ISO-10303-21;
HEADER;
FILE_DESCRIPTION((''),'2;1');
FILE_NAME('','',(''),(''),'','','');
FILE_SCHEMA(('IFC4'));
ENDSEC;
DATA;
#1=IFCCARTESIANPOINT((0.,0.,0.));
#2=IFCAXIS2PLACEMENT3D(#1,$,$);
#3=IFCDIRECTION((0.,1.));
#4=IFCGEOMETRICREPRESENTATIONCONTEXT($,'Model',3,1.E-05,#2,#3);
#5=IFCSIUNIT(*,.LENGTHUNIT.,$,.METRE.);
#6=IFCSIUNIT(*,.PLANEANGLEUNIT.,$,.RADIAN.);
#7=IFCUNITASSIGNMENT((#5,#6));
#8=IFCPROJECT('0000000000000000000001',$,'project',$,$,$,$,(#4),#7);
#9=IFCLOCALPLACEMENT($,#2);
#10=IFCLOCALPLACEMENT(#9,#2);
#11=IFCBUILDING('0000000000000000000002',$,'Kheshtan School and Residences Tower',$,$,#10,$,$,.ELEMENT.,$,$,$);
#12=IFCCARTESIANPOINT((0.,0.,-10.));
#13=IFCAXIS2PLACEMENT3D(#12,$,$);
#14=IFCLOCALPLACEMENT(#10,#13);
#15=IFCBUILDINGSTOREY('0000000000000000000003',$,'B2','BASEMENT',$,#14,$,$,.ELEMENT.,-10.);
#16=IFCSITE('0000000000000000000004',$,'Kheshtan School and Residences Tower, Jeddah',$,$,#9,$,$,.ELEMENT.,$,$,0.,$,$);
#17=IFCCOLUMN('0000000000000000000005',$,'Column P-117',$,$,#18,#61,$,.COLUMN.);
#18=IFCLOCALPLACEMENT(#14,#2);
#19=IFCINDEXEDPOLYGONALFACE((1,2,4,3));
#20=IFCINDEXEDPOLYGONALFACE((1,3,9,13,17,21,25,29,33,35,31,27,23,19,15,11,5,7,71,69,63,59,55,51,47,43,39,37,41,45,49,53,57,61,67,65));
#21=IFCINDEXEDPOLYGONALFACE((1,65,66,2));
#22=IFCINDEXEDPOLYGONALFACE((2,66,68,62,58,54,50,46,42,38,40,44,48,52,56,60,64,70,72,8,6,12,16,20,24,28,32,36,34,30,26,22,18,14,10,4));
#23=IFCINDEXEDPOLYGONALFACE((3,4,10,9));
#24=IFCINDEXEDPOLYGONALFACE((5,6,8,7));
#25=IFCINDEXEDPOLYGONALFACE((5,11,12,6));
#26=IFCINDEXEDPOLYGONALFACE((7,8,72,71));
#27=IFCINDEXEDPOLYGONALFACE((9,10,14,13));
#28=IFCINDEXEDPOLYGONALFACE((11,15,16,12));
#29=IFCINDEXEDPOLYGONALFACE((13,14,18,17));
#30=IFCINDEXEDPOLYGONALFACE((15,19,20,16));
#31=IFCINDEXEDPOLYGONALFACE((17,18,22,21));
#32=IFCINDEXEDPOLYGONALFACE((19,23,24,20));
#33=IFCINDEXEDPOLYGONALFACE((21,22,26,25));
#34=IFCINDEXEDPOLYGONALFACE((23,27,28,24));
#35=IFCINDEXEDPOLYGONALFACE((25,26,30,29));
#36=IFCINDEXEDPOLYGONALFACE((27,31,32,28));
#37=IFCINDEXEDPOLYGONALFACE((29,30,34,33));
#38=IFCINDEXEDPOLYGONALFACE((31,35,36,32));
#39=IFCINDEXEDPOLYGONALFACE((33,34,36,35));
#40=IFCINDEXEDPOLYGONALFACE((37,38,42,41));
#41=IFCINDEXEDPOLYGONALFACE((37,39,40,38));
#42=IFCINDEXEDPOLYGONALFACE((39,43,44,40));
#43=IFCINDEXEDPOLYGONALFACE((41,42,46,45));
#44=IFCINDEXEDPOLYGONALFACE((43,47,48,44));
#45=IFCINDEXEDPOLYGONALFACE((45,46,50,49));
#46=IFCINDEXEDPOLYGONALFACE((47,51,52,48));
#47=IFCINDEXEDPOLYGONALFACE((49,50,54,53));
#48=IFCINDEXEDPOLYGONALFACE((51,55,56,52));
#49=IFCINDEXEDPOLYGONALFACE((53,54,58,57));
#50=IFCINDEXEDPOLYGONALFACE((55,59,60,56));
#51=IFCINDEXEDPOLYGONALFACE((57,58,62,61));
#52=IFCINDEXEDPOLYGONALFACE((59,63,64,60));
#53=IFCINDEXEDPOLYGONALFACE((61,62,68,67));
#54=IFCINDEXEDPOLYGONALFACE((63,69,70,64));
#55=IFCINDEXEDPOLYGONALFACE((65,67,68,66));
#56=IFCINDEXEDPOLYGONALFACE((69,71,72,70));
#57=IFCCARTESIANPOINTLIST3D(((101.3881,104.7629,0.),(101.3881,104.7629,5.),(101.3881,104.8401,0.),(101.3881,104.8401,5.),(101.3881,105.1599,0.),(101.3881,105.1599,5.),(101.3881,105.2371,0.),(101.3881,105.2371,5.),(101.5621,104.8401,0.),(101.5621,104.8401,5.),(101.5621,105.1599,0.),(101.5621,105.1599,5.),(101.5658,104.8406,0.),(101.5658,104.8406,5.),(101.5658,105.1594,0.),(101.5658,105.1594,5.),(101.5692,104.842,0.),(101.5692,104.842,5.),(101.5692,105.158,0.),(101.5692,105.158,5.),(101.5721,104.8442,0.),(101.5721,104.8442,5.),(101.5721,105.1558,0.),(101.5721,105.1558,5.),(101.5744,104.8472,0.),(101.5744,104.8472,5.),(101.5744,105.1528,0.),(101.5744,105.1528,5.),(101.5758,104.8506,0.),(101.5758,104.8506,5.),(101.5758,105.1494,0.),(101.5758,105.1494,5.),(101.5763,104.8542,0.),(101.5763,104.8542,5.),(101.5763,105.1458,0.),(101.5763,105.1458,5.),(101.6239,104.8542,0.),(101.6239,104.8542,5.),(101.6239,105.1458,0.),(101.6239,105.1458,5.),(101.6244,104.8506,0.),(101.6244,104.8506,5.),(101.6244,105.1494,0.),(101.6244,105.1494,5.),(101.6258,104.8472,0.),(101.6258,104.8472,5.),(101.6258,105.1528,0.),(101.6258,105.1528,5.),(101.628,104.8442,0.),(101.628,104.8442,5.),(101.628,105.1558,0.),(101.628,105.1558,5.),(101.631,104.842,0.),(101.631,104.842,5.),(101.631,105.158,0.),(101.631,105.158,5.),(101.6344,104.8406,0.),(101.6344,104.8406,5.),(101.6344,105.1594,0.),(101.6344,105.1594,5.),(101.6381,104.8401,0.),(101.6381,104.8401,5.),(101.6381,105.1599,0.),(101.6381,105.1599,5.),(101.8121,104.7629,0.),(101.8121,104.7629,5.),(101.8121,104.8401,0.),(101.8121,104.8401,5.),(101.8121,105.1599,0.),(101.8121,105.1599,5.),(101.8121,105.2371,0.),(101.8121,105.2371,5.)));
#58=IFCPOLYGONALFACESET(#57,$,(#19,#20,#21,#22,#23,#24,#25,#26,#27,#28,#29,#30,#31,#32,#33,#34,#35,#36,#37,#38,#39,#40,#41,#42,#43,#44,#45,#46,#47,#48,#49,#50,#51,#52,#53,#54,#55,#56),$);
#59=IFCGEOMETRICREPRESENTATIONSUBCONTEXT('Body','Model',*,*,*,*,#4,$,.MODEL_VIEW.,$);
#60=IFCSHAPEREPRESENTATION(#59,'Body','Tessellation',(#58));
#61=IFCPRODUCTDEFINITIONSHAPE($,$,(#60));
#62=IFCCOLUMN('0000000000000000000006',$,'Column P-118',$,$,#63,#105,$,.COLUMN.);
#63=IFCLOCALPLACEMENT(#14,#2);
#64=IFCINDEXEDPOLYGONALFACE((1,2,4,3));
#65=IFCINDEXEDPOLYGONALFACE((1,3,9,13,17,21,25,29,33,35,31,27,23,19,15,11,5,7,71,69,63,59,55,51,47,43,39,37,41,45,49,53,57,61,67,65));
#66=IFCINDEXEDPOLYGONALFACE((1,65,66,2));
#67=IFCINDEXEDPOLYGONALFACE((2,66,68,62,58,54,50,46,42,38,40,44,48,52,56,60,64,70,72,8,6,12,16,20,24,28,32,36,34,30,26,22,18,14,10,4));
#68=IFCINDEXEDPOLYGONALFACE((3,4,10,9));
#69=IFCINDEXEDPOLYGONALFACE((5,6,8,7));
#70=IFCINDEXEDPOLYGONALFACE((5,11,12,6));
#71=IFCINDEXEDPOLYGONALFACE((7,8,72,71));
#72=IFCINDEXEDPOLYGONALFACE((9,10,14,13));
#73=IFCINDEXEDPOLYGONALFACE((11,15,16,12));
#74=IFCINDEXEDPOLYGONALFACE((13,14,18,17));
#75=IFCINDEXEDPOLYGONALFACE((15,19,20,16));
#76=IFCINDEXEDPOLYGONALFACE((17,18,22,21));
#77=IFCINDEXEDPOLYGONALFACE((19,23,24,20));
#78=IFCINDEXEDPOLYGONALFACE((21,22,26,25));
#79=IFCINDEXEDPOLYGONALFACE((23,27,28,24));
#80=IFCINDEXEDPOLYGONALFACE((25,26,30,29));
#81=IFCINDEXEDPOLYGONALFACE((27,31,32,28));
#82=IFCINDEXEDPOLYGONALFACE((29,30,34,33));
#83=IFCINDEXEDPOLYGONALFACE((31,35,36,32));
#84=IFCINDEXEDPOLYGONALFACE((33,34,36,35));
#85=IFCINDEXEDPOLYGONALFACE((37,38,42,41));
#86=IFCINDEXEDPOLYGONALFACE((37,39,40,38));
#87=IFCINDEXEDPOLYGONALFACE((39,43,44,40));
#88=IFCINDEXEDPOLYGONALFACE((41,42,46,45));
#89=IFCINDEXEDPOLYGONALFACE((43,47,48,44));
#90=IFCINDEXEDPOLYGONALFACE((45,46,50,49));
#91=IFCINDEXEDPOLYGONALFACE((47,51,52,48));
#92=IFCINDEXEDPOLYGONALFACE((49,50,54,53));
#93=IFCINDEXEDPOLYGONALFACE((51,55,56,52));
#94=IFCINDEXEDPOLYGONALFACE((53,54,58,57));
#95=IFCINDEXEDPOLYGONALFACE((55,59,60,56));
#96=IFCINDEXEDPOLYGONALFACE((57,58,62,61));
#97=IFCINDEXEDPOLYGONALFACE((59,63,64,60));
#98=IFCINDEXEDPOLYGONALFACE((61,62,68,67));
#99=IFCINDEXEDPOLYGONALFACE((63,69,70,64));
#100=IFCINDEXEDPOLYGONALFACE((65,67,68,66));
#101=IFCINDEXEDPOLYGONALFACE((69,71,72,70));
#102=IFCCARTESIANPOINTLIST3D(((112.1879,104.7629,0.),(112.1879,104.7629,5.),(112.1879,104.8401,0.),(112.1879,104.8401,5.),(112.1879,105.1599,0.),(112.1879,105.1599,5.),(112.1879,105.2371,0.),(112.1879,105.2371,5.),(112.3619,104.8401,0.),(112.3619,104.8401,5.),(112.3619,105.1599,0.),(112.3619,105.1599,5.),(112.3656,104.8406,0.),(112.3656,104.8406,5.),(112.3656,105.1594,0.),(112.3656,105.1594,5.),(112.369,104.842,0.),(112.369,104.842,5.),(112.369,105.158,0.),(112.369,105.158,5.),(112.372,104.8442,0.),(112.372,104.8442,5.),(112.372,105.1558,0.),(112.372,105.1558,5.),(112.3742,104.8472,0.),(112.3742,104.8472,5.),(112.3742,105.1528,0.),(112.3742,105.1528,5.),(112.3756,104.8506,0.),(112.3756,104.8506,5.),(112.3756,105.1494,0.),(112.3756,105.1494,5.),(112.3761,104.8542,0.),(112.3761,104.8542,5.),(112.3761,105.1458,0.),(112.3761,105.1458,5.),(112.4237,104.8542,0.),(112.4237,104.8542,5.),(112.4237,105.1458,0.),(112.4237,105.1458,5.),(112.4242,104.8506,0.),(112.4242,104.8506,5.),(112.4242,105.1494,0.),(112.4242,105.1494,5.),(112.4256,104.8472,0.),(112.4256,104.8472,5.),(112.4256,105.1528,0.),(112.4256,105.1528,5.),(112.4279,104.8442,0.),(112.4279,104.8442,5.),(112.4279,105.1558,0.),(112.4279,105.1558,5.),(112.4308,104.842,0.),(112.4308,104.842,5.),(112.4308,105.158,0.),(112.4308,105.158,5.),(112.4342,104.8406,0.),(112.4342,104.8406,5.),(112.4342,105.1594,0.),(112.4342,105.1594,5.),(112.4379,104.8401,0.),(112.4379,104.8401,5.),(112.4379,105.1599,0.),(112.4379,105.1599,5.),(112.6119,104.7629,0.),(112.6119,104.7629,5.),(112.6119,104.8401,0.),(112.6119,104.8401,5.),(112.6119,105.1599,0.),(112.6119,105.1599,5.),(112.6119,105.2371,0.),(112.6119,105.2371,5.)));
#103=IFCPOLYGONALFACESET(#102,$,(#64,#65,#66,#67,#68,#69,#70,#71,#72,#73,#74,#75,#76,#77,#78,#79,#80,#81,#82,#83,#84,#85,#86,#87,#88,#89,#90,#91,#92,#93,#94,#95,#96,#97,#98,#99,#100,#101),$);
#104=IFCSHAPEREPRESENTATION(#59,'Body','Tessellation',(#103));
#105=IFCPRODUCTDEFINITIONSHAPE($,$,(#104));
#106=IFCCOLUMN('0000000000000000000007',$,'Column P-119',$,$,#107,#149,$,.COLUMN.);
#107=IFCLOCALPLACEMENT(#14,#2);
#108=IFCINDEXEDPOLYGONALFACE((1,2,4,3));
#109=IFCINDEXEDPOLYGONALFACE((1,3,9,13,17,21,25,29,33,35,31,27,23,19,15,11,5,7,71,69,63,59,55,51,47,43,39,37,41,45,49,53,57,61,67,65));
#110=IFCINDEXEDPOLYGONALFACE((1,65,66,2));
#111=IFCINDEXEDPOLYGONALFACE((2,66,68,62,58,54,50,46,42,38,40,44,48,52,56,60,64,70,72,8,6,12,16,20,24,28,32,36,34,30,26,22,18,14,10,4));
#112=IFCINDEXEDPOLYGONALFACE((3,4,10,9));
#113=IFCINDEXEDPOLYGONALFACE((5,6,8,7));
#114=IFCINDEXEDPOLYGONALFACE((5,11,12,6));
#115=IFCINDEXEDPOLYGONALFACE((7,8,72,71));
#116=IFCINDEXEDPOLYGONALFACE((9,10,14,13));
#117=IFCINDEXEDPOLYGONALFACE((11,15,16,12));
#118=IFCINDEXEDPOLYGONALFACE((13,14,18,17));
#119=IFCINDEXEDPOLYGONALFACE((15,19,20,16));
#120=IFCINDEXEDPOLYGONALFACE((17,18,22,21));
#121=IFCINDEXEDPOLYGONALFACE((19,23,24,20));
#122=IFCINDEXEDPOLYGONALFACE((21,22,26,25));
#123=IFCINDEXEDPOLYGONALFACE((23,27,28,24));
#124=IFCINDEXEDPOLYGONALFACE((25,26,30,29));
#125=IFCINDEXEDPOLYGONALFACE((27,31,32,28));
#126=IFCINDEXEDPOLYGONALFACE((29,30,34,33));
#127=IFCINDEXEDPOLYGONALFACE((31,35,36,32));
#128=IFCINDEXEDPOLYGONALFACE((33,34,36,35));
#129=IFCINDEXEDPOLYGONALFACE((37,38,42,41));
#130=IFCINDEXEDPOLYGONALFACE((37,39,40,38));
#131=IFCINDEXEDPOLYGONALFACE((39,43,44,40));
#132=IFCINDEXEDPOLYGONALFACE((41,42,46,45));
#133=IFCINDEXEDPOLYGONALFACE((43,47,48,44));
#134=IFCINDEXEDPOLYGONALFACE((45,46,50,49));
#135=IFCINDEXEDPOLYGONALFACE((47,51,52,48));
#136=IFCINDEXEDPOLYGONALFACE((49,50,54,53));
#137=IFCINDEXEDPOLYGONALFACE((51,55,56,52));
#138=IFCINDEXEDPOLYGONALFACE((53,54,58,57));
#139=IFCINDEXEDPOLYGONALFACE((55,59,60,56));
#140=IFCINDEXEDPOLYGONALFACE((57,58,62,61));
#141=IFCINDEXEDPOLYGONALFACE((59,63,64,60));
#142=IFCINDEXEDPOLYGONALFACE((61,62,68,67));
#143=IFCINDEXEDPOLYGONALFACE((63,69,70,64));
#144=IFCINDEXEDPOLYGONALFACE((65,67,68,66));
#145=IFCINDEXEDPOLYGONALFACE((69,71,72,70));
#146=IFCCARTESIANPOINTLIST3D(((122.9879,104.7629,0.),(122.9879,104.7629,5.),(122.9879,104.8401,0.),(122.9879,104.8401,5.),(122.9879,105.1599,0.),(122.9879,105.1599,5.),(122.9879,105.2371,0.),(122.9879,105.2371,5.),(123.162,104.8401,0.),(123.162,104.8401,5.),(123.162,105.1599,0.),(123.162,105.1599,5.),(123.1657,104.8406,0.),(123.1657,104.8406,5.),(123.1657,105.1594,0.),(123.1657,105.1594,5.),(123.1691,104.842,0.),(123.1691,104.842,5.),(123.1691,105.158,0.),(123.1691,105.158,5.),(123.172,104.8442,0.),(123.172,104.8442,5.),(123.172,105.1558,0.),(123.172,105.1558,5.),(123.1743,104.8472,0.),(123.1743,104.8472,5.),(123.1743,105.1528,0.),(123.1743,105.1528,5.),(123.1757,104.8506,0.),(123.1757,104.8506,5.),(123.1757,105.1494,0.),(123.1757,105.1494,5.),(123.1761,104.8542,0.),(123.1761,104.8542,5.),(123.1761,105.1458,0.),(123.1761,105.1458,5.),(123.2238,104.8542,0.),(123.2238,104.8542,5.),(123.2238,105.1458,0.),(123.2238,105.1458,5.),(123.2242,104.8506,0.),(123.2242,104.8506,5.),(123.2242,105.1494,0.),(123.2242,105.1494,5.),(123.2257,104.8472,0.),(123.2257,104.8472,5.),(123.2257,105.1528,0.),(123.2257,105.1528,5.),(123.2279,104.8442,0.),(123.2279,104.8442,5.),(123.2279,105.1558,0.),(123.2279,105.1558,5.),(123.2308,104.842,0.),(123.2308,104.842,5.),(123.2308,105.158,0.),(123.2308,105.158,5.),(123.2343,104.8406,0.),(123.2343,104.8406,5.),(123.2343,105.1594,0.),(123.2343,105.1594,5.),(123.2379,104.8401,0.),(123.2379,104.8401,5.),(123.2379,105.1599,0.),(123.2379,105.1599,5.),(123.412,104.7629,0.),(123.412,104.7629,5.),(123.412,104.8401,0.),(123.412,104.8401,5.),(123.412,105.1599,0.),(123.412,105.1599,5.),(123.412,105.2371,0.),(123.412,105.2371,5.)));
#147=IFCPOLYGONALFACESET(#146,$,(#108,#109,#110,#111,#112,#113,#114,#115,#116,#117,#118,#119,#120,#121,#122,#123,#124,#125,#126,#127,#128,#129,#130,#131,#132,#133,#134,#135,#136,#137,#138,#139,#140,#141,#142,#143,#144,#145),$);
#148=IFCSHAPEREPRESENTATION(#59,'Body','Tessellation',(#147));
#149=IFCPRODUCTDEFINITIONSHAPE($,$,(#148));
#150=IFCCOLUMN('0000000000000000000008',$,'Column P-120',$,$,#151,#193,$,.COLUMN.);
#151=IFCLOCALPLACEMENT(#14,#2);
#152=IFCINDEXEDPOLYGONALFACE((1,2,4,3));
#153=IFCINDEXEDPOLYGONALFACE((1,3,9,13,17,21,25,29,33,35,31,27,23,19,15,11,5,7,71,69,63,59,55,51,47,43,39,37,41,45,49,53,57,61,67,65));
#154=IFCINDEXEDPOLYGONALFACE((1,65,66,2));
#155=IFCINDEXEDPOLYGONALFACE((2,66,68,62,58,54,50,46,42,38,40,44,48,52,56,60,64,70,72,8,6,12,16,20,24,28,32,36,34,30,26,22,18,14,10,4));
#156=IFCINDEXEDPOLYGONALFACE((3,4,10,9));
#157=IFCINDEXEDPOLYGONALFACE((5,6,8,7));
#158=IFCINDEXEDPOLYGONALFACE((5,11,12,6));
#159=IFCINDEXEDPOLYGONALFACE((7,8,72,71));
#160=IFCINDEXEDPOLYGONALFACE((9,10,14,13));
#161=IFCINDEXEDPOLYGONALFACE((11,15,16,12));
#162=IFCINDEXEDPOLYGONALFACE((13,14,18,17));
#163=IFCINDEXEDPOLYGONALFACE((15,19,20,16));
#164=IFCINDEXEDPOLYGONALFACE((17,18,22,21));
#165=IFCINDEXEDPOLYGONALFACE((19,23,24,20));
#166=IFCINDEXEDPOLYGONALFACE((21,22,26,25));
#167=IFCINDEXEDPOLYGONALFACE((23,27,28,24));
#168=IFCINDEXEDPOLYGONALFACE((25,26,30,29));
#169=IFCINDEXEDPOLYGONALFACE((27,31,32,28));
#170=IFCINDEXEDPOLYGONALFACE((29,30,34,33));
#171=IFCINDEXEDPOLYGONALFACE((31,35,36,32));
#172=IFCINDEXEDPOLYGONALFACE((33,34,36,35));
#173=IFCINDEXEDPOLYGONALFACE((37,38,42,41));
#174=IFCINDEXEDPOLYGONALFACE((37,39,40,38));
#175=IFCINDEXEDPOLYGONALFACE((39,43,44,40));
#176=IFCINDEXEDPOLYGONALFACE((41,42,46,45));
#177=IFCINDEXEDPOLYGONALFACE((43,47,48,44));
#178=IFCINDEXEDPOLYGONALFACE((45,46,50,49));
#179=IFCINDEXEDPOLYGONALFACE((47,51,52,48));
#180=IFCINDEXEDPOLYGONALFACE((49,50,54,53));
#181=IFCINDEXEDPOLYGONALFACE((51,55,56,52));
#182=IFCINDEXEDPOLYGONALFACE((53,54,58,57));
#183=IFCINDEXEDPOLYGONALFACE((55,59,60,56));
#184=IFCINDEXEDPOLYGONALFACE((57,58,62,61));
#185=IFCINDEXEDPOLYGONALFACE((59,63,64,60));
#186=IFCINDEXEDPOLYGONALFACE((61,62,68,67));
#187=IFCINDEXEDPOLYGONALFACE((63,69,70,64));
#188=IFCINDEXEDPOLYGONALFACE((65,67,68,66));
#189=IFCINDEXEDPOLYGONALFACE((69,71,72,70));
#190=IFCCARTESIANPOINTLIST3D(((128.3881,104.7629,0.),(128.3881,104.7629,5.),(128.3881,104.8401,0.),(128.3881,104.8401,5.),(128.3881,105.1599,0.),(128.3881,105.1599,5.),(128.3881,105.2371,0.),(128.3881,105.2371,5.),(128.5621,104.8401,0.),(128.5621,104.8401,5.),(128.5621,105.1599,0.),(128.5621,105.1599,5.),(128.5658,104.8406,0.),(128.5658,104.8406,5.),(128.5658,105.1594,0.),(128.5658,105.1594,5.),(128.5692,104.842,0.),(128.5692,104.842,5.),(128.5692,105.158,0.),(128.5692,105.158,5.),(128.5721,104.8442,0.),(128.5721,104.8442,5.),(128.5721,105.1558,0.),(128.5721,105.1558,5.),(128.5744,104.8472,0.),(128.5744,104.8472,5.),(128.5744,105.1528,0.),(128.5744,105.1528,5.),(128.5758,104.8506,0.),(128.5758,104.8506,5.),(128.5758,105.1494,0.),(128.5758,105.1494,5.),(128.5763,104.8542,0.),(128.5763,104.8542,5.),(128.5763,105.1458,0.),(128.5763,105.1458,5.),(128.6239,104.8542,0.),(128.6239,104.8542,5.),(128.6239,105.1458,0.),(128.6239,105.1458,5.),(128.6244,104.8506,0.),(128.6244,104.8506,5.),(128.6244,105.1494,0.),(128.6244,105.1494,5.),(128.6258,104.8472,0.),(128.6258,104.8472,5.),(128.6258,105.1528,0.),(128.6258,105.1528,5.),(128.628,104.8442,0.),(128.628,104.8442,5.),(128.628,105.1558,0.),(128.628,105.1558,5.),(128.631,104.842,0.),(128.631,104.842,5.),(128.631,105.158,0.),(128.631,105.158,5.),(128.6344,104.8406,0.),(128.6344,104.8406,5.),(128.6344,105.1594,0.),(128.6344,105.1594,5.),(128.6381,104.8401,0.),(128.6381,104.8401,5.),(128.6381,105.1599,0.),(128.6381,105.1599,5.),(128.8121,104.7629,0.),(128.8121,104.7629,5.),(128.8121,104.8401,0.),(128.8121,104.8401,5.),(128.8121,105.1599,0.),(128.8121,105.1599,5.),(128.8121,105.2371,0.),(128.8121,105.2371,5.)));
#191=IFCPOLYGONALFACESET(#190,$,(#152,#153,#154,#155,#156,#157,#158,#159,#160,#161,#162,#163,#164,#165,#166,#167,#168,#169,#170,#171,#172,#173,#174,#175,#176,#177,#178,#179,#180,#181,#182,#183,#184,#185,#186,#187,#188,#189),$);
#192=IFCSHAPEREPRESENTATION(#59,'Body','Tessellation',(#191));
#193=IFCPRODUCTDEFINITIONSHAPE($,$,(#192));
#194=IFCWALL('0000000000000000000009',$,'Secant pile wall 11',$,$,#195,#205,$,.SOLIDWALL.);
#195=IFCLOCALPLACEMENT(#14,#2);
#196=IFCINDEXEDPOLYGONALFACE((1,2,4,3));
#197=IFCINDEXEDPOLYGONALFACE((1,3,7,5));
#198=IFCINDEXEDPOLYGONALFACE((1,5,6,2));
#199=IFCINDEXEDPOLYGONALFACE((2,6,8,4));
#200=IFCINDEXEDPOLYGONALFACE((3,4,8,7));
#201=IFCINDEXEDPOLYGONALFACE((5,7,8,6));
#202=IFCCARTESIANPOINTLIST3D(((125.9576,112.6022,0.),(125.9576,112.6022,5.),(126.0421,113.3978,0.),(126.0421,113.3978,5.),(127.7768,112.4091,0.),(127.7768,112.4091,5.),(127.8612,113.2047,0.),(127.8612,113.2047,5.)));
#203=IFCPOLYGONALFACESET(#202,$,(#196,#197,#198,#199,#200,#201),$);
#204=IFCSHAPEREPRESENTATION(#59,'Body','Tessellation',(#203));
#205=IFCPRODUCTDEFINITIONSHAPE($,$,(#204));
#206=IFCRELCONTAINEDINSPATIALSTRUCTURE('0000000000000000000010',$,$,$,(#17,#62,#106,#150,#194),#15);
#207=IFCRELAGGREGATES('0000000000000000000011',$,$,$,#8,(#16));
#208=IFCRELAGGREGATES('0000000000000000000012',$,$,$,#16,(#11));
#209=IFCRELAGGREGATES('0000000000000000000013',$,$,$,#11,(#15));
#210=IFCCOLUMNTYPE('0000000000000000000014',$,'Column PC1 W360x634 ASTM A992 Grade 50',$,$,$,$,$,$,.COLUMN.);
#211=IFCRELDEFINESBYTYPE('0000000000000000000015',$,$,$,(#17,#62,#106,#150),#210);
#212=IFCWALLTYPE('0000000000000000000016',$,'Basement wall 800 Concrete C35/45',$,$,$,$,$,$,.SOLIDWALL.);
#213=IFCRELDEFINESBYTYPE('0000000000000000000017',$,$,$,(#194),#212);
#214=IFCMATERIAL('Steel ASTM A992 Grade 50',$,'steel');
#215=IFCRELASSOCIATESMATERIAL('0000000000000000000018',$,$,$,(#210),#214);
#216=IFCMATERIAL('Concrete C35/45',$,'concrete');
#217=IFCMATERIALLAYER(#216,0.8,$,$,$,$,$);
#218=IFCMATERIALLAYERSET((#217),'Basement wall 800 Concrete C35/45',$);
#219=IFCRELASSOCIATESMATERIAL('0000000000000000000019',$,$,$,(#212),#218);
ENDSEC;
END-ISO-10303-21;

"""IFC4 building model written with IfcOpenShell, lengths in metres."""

from ifc_helpers import new_model, si_unit, direction, frame, frame_2d, origin, origin_2d, place, context, subcontext, project, spatial, rectangle, i_section, extrude, material, layer, layer_set, material_profile, profile_set, type_object, element, save


model = new_model("IFC4")

# Units and contexts
model_context = context("Model", 3, precision=1e-05, world=origin(), true_north=direction((0.0, 1.0)))
body_context = subcontext(model_context, "Body", "Model", "MODEL_VIEW")
ifc_project = project(units=[si_unit("LENGTHUNIT", "METRE"), si_unit("PLANEANGLEUNIT", "RADIAN")], contexts=[model_context])

# Site, building, storey
site_placement = place(None, origin())
site = spatial("IfcSite", under=ifc_project, at=site_placement, Name="Kheshtan School and Residences Tower, Jeddah", CompositionType="ELEMENT", RefElevation=0.0)
building_placement = place(site_placement, origin())
building = spatial("IfcBuilding", under=site, at=building_placement, Name="Kheshtan School and Residences Tower", CompositionType="ELEMENT")
storey_placement = place(building_placement, frame((0.0, 0.0, -10.0)))
storey = spatial("IfcBuildingStorey", under=building, at=storey_placement, Name="B2", Description="BASEMENT", CompositionType="ELEMENT", Elevation=-10.0)

# Columns
ifc_material_1 = material(Name="Steel ASTM A992 Grade 50", Category="steel")
ifc_material_profile = material_profile(ifc_material_1, i_section(OverallWidth=0.4241, OverallDepth=0.4741, WebThickness=0.0476, FlangeThickness=0.0771, FilletRadius=0.0142, at=origin_2d()), Name="W360x634")
ifc_profile_set = profile_set([ifc_material_profile], Name="Steel ASTM A992 Grade 50")
column_type = type_object("IfcColumnType", Name="Column PC1 W360x634 ASTM A992 Grade 50", PredefinedType="COLUMN", material=ifc_profile_set)
for number, where, z_axis, x_axis, name in (
    (1, (101.6001, 105.0, 0.0), (0.0, 0.0, 1.0), (1.0, 0.0, 0.0), "Column P-117"),
    (2, (112.3999, 105.0, 0.0), (0.0, 0.0, 1.0), (1.0, 0.0, 0.0), "Column P-118"),
    (3, (123.2, 105.0, 0.0), (0.0, 0.0, 1.0), (1.0, 0.0, 0.0), "Column P-119"),
    (4, (128.6001, 105.0, 0.0), (0.0, 0.0, 1.0), (1.0, 0.0, 0.0), "Column P-120"),
):
    element("IfcColumn", number, at=place(storey_placement, frame(where, z_axis=z_axis, x_axis=x_axis)), inside=storey, type_object=column_type, Name=name, PredefinedType="COLUMN", context=body_context, shape_type="SweptSolid", body=[
        extrude(i_section(OverallWidth=0.4241, OverallDepth=0.4741, WebThickness=0.0476, FlangeThickness=0.0771, FilletRadius=0.0142, at=origin_2d()), origin(), (0.0, 0.0, 1.0), 5.0),
    ])

# Wall
ifc_material_2 = material(Name="Concrete C35/45", Category="concrete")
ifc_layer_1 = layer(ifc_material_2, 0.8)
ifc_layer_set_1 = layer_set([ifc_layer_1], Name="Basement wall 800 Concrete C35/45")
wall_type_1 = type_object("IfcWallType", Name="Basement wall 800 Concrete C35/45", PredefinedType="SOLIDWALL", material=ifc_layer_set_1)
wall_1_placement = place(storey_placement, frame((126.0, 113.0, 0.0), z_axis=(0.0, 0.0, 1.0), x_axis=(0.994412, -0.105567, 0.0)))
element("IfcWall", 5, at=wall_1_placement, inside=storey, type_object=wall_type_1, Name="Secant pile wall 11", PredefinedType="SOLIDWALL", context=body_context, shape_type="SweptSolid", body=[
    extrude(rectangle(XDim=1.8293, YDim=0.8, at=frame_2d((0.9146, 0.0))), origin(), (0.0, 0.0, 1.0), 5.0),
])

save(model, "model.ifc")
